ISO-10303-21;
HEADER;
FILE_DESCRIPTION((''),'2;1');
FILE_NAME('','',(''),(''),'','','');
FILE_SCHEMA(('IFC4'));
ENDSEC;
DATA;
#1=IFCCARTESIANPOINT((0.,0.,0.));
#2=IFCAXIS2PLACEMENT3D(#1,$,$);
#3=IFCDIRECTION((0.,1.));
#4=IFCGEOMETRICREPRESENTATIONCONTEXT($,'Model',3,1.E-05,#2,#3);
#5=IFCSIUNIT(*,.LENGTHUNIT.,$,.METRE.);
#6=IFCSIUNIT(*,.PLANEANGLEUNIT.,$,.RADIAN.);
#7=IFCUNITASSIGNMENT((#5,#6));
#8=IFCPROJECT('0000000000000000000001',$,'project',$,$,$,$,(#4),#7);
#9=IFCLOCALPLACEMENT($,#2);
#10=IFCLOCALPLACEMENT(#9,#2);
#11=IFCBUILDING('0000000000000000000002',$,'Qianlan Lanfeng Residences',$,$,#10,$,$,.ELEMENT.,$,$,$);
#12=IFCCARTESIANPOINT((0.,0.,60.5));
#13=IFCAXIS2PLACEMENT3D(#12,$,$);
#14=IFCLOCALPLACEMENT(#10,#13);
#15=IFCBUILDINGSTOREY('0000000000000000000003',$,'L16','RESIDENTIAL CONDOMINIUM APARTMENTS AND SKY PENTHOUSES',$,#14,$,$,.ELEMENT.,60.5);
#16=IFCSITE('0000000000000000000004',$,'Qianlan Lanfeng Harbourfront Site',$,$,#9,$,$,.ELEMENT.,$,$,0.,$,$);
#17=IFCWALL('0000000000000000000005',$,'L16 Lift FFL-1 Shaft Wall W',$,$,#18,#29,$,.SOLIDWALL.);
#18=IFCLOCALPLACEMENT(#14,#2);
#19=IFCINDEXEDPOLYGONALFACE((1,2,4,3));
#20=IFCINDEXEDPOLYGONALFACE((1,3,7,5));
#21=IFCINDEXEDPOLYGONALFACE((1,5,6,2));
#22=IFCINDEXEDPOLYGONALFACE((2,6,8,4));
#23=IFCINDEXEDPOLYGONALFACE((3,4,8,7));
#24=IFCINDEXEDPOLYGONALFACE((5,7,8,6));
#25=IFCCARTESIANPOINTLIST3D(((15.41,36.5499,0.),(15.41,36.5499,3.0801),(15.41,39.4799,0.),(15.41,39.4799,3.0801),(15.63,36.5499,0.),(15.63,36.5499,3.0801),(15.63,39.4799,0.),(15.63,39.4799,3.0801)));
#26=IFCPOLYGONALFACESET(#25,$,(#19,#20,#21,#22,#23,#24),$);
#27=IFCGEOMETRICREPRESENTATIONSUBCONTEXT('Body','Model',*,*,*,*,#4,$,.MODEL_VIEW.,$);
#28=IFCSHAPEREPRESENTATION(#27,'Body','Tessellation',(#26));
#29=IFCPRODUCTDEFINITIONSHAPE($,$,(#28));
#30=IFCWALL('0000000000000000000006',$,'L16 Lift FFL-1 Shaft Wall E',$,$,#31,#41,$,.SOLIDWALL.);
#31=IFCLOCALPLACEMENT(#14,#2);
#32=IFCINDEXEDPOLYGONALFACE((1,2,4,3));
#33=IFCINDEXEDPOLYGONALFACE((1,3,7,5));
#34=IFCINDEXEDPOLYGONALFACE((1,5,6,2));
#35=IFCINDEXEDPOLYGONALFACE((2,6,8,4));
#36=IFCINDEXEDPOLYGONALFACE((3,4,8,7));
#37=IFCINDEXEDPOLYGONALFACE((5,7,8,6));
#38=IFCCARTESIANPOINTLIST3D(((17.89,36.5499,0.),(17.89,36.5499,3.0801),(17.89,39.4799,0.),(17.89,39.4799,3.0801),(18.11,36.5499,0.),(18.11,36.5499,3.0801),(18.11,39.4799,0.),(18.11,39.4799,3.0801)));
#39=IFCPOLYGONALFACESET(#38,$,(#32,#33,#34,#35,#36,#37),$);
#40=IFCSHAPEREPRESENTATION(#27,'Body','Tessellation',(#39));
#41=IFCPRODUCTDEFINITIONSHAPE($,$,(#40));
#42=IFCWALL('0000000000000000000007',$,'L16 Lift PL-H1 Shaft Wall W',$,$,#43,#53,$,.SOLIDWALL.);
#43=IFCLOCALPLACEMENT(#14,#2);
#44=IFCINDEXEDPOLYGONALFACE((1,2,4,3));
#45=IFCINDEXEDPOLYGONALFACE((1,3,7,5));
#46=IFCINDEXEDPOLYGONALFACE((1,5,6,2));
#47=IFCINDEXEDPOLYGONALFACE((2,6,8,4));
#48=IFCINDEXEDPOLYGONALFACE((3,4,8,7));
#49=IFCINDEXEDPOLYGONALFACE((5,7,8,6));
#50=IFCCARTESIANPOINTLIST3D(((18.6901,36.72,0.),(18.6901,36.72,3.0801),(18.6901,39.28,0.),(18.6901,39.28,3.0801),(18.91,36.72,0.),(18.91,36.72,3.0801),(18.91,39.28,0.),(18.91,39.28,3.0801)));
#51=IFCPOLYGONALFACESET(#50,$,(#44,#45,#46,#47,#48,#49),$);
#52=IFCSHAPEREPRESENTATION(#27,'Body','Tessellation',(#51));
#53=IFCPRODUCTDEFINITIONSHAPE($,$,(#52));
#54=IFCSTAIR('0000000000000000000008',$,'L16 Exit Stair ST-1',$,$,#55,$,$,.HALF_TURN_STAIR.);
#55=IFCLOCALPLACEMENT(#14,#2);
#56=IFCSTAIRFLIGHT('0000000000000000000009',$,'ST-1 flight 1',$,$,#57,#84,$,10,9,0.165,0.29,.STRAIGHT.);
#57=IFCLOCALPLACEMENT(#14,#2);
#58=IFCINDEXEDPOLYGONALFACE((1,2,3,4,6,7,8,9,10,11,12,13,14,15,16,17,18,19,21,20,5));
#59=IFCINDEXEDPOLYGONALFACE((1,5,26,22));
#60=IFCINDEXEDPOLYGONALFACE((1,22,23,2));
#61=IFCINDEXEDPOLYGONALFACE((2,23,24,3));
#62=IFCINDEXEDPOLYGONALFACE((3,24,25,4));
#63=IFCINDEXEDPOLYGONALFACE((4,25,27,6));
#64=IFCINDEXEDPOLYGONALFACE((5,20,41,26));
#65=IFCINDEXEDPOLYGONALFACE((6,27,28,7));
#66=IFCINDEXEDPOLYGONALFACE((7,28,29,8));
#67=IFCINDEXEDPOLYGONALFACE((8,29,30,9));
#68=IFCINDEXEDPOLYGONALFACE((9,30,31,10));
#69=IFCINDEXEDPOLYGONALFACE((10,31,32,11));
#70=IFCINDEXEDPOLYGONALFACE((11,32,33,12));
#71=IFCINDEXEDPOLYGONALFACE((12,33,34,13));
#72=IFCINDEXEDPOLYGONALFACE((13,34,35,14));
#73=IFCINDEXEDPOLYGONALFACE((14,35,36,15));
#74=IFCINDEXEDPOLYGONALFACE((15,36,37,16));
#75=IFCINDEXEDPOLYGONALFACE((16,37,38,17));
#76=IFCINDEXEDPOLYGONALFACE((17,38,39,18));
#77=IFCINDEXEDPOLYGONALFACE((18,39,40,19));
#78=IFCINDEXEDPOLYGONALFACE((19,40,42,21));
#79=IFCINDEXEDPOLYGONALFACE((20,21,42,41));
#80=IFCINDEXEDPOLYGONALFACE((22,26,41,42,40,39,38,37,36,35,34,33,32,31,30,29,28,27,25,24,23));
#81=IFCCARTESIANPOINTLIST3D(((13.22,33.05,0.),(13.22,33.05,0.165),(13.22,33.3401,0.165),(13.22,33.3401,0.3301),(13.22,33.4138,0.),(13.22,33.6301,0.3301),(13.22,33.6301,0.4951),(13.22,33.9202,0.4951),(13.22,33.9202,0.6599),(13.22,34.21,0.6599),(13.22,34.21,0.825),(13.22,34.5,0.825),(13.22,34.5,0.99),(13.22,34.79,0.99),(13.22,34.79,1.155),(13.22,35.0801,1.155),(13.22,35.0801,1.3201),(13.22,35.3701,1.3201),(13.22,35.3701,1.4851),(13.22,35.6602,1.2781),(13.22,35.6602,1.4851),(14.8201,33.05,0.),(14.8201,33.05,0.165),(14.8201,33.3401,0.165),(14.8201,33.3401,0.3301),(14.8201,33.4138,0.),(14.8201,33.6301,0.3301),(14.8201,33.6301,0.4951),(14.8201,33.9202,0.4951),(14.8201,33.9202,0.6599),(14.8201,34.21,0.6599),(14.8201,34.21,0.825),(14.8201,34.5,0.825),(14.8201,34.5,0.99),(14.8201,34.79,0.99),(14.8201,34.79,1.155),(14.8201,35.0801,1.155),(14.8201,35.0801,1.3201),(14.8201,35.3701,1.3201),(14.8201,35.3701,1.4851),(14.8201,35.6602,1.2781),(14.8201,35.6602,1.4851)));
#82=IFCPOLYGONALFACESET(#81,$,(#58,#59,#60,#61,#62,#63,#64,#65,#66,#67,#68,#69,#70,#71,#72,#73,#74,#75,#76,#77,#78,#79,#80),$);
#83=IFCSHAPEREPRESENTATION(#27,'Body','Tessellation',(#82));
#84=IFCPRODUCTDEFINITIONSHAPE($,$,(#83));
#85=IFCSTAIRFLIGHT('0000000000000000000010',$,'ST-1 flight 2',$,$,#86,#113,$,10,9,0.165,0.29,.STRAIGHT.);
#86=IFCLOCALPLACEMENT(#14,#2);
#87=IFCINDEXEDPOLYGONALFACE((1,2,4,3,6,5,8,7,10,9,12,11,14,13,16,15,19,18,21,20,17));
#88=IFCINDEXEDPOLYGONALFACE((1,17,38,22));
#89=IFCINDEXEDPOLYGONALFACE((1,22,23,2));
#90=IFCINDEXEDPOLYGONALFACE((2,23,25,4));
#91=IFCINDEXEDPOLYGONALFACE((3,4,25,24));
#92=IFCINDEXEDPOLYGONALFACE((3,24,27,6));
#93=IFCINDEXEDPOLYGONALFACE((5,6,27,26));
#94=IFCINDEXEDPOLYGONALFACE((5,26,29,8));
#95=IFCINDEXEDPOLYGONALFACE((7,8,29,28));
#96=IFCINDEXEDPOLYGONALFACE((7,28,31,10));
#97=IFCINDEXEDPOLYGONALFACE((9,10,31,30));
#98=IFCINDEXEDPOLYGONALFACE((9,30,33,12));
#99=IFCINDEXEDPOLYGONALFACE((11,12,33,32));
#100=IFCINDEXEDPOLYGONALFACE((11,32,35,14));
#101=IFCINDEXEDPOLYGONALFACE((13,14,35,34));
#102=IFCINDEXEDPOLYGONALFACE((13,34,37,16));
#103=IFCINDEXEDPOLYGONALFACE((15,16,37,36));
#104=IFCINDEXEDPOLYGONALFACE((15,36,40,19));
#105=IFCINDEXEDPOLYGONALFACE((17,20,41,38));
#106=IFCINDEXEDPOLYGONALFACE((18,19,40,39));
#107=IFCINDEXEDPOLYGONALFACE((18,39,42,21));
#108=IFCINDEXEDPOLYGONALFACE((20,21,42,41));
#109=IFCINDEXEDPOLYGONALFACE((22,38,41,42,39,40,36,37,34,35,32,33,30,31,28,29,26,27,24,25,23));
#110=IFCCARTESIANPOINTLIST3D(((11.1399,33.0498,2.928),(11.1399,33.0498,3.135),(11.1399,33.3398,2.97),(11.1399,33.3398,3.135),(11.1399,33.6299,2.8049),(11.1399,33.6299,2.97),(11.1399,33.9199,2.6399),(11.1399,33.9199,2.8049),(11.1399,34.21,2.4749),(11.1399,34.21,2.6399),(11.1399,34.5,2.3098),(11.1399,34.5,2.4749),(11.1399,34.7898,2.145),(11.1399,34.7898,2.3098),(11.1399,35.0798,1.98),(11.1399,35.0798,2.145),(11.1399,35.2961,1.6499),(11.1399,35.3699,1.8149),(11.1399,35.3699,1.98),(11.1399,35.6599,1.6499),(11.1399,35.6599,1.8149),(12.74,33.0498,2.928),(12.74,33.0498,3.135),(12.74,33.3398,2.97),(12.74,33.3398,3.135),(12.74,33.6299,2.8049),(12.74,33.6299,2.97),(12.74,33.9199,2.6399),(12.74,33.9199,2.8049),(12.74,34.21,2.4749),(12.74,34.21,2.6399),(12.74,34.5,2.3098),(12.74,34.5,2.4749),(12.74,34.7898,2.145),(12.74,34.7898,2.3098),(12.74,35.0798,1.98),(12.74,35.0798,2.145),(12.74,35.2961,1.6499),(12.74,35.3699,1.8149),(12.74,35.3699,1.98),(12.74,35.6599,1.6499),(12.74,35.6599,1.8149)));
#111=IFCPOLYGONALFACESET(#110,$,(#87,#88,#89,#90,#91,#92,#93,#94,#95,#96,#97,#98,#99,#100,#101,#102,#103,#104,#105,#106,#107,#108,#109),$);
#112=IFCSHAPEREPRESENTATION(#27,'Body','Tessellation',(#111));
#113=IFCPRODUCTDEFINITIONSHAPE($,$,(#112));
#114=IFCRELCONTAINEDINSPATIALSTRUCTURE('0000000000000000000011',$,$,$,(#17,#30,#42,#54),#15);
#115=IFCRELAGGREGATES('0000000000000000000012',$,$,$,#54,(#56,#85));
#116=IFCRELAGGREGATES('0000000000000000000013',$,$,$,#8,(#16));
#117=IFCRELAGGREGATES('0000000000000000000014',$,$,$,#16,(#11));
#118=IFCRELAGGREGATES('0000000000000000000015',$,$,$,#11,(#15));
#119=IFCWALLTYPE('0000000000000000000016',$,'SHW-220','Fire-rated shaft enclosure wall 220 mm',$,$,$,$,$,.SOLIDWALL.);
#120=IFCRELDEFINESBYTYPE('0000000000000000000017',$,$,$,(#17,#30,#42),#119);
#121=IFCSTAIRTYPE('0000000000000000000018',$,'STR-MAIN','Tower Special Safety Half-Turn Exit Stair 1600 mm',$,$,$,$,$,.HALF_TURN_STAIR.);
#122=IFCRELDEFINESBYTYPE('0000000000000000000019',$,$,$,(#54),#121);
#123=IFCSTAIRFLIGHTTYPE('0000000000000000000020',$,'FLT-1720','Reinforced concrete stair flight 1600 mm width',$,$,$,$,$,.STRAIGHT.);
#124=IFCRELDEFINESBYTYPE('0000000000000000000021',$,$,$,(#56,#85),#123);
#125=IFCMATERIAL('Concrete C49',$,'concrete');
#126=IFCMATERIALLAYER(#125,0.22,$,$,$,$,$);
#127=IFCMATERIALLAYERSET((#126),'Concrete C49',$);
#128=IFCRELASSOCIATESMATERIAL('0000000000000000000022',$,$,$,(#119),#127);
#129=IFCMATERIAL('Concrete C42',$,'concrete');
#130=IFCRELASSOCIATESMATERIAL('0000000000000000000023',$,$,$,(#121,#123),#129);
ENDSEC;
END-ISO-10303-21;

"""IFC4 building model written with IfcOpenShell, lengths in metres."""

from ifc_helpers import new_model, si_unit, direction, frame, frame_2d, origin, place, context, subcontext, project, spatial, polyline, rectangle, outline, extrude, material, layer, layer_set, type_object, element, aggregate, save


model = new_model("IFC4")

# Units and contexts
model_context = context("Model", 3, precision=1e-05, world=origin(), true_north=direction((0.0, 1.0)))
body_context = subcontext(model_context, "Body", "Model", "MODEL_VIEW")
ifc_project = project(units=[si_unit("LENGTHUNIT", "METRE"), si_unit("PLANEANGLEUNIT", "RADIAN")], contexts=[model_context])

# Site, building, storey
site_placement = place(None, origin())
site = spatial("IfcSite", under=ifc_project, at=site_placement, Name="Qianlan Lanfeng Harbourfront Site", CompositionType="ELEMENT", RefElevation=0.0)
building_placement = place(site_placement, origin())
building = spatial("IfcBuilding", under=site, at=building_placement, Name="Qianlan Lanfeng Residences", CompositionType="ELEMENT")
storey_placement = place(building_placement, frame((0.0, 0.0, 60.5)))
storey = spatial("IfcBuildingStorey", under=building, at=storey_placement, Name="L16", Description="RESIDENTIAL CONDOMINIUM APARTMENTS AND SKY PENTHOUSES", CompositionType="ELEMENT", Elevation=60.5)

# Walls
ifc_material_1 = material(Name="Concrete C49", Category="concrete")
ifc_layer_1 = layer(ifc_material_1, 0.22)
ifc_layer_set_1 = layer_set([ifc_layer_1], Name="Concrete C49")
wall_type_1 = type_object("IfcWallType", Name="SHW-220", Description="Fire-rated shaft enclosure wall 220 mm", PredefinedType="SOLIDWALL", material=ifc_layer_set_1)
for number, where, z_axis, x_axis, name in (
    (1, (15.52, 36.55, 0.0), (0.0, 0.0, 1.0), (0.0, 1.0, 0.0), "L16 Lift FFL-1 Shaft Wall W"),
    (2, (18.0, 36.55, 0.0), (0.0, 0.0, 1.0), (0.0, 1.0, 0.0), "L16 Lift FFL-1 Shaft Wall E"),
):
    element("IfcWall", number, at=place(storey_placement, frame(where, z_axis=z_axis, x_axis=x_axis)), inside=storey, type_object=wall_type_1, Name=name, PredefinedType="SOLIDWALL", context=body_context, shape_type="SweptSolid", body=[
        extrude(rectangle(XDim=2.9299, YDim=0.22, at=frame_2d((1.4648, 0.0))), origin(), (0.0, 0.0, 1.0), 3.0801),
    ])
wall_1_placement = place(storey_placement, frame((18.8, 36.72, 0.0), z_axis=(0.0, 0.0, 1.0), x_axis=(0.0, 1.0, 0.0)))
element("IfcWall", 3, at=wall_1_placement, inside=storey, type_object=wall_type_1, Name="L16 Lift PL-H1 Shaft Wall W", PredefinedType="SOLIDWALL", context=body_context, shape_type="SweptSolid", body=[
    extrude(rectangle(XDim=2.5601, YDim=0.22, at=frame_2d((1.28, 0.0))), origin(), (0.0, 0.0, 1.0), 3.0801),
])

# Stair, stair flights
ifc_material_2 = material(Name="Concrete C42", Category="concrete")
stair_type = type_object("IfcStairType", Name="STR-MAIN", Description="Tower Special Safety Half-Turn Exit Stair 1600 mm", PredefinedType="HALF_TURN_STAIR", material=ifc_material_2)
stair_placement = place(storey_placement, origin())
stair = element("IfcStair", 4, at=stair_placement, inside=storey, type_object=stair_type, Name="L16 Exit Stair ST-1", PredefinedType="HALF_TURN_STAIR")
stair_flight_type = type_object("IfcStairFlightType", Name="FLT-1720", Description="Reinforced concrete stair flight 1600 mm width", PredefinedType="STRAIGHT", material=ifc_material_2)
stair_flight_1_placement = place(storey_placement, frame((14.02, 33.05, 0.0), z_axis=(0.0, 0.0, 1.0), x_axis=(0.0, 1.0, 0.0)))
stair_flight_1 = element("IfcStairFlight", 5, at=stair_flight_1_placement, type_object=stair_flight_type, Name="ST-1 flight 1", NumberOfRisers=10, NumberOfTreads=9, PredefinedType="STRAIGHT", RiserHeight=0.165, TreadLength=0.29, context=body_context, shape_type="SweptSolid", body=[
    extrude(outline(polyline([(0.0, 0.0), (0.0, 0.165), (0.29, 0.165), (0.29, 0.3301), (0.5801, 0.3301), (0.5801, 0.4951), (0.8701, 0.4951), (0.8701, 0.6599), (1.1599, 0.6599), (1.1599, 0.825), (1.45, 0.825), (1.45, 0.99), (1.74, 0.99), (1.74, 1.155), (2.03, 1.155), (2.03, 1.3201), (2.3201, 1.3201), (2.3201, 1.4851), (2.6101, 1.4851), (2.6101, 1.6499), (2.6101, 1.2781), (0.3638, 0.0), (0.0, 0.0)])), frame((0.0, 0.8, 0.0), z_axis=(0.0, -1.0, 0.0), x_axis=(1.0, 0.0, 0.0)), (0.0, 0.0, 1.0), 1.6001),
])
stair_flight_2_placement = place(storey_placement, frame((11.9399, 35.6599, 1.6499), z_axis=(0.0, 0.0, 1.0), x_axis=(0.0, -1.0, 0.0)))
stair_flight_2 = element("IfcStairFlight", 6, at=stair_flight_2_placement, type_object=stair_flight_type, Name="ST-1 flight 2", NumberOfRisers=10, NumberOfTreads=9, PredefinedType="STRAIGHT", RiserHeight=0.165, TreadLength=0.29, context=body_context, shape_type="SweptSolid", body=[
    extrude(outline(polyline([(0.0, 0.0), (0.0, 0.165), (0.29, 0.165), (0.29, 0.3301), (0.5801, 0.3301), (0.5801, 0.4951), (0.8701, 0.4951), (0.8701, 0.6599), (1.1599, 0.6599), (1.1599, 0.825), (1.45, 0.825), (1.45, 0.99), (1.74, 0.99), (1.74, 1.155), (2.03, 1.155), (2.03, 1.3201), (2.3201, 1.3201), (2.3201, 1.4851), (2.6101, 1.4851), (2.6101, 1.6499), (2.6101, 1.2781), (0.3638, 0.0), (0.0, 0.0)])), frame((0.0, 0.8, 0.0), z_axis=(0.0, -1.0, 0.0), x_axis=(1.0, 0.0, 0.0)), (0.0, 0.0, 1.0), 1.6001),
])
aggregate(stair, [stair_flight_1, stair_flight_2])

save(model, "model.ifc")
